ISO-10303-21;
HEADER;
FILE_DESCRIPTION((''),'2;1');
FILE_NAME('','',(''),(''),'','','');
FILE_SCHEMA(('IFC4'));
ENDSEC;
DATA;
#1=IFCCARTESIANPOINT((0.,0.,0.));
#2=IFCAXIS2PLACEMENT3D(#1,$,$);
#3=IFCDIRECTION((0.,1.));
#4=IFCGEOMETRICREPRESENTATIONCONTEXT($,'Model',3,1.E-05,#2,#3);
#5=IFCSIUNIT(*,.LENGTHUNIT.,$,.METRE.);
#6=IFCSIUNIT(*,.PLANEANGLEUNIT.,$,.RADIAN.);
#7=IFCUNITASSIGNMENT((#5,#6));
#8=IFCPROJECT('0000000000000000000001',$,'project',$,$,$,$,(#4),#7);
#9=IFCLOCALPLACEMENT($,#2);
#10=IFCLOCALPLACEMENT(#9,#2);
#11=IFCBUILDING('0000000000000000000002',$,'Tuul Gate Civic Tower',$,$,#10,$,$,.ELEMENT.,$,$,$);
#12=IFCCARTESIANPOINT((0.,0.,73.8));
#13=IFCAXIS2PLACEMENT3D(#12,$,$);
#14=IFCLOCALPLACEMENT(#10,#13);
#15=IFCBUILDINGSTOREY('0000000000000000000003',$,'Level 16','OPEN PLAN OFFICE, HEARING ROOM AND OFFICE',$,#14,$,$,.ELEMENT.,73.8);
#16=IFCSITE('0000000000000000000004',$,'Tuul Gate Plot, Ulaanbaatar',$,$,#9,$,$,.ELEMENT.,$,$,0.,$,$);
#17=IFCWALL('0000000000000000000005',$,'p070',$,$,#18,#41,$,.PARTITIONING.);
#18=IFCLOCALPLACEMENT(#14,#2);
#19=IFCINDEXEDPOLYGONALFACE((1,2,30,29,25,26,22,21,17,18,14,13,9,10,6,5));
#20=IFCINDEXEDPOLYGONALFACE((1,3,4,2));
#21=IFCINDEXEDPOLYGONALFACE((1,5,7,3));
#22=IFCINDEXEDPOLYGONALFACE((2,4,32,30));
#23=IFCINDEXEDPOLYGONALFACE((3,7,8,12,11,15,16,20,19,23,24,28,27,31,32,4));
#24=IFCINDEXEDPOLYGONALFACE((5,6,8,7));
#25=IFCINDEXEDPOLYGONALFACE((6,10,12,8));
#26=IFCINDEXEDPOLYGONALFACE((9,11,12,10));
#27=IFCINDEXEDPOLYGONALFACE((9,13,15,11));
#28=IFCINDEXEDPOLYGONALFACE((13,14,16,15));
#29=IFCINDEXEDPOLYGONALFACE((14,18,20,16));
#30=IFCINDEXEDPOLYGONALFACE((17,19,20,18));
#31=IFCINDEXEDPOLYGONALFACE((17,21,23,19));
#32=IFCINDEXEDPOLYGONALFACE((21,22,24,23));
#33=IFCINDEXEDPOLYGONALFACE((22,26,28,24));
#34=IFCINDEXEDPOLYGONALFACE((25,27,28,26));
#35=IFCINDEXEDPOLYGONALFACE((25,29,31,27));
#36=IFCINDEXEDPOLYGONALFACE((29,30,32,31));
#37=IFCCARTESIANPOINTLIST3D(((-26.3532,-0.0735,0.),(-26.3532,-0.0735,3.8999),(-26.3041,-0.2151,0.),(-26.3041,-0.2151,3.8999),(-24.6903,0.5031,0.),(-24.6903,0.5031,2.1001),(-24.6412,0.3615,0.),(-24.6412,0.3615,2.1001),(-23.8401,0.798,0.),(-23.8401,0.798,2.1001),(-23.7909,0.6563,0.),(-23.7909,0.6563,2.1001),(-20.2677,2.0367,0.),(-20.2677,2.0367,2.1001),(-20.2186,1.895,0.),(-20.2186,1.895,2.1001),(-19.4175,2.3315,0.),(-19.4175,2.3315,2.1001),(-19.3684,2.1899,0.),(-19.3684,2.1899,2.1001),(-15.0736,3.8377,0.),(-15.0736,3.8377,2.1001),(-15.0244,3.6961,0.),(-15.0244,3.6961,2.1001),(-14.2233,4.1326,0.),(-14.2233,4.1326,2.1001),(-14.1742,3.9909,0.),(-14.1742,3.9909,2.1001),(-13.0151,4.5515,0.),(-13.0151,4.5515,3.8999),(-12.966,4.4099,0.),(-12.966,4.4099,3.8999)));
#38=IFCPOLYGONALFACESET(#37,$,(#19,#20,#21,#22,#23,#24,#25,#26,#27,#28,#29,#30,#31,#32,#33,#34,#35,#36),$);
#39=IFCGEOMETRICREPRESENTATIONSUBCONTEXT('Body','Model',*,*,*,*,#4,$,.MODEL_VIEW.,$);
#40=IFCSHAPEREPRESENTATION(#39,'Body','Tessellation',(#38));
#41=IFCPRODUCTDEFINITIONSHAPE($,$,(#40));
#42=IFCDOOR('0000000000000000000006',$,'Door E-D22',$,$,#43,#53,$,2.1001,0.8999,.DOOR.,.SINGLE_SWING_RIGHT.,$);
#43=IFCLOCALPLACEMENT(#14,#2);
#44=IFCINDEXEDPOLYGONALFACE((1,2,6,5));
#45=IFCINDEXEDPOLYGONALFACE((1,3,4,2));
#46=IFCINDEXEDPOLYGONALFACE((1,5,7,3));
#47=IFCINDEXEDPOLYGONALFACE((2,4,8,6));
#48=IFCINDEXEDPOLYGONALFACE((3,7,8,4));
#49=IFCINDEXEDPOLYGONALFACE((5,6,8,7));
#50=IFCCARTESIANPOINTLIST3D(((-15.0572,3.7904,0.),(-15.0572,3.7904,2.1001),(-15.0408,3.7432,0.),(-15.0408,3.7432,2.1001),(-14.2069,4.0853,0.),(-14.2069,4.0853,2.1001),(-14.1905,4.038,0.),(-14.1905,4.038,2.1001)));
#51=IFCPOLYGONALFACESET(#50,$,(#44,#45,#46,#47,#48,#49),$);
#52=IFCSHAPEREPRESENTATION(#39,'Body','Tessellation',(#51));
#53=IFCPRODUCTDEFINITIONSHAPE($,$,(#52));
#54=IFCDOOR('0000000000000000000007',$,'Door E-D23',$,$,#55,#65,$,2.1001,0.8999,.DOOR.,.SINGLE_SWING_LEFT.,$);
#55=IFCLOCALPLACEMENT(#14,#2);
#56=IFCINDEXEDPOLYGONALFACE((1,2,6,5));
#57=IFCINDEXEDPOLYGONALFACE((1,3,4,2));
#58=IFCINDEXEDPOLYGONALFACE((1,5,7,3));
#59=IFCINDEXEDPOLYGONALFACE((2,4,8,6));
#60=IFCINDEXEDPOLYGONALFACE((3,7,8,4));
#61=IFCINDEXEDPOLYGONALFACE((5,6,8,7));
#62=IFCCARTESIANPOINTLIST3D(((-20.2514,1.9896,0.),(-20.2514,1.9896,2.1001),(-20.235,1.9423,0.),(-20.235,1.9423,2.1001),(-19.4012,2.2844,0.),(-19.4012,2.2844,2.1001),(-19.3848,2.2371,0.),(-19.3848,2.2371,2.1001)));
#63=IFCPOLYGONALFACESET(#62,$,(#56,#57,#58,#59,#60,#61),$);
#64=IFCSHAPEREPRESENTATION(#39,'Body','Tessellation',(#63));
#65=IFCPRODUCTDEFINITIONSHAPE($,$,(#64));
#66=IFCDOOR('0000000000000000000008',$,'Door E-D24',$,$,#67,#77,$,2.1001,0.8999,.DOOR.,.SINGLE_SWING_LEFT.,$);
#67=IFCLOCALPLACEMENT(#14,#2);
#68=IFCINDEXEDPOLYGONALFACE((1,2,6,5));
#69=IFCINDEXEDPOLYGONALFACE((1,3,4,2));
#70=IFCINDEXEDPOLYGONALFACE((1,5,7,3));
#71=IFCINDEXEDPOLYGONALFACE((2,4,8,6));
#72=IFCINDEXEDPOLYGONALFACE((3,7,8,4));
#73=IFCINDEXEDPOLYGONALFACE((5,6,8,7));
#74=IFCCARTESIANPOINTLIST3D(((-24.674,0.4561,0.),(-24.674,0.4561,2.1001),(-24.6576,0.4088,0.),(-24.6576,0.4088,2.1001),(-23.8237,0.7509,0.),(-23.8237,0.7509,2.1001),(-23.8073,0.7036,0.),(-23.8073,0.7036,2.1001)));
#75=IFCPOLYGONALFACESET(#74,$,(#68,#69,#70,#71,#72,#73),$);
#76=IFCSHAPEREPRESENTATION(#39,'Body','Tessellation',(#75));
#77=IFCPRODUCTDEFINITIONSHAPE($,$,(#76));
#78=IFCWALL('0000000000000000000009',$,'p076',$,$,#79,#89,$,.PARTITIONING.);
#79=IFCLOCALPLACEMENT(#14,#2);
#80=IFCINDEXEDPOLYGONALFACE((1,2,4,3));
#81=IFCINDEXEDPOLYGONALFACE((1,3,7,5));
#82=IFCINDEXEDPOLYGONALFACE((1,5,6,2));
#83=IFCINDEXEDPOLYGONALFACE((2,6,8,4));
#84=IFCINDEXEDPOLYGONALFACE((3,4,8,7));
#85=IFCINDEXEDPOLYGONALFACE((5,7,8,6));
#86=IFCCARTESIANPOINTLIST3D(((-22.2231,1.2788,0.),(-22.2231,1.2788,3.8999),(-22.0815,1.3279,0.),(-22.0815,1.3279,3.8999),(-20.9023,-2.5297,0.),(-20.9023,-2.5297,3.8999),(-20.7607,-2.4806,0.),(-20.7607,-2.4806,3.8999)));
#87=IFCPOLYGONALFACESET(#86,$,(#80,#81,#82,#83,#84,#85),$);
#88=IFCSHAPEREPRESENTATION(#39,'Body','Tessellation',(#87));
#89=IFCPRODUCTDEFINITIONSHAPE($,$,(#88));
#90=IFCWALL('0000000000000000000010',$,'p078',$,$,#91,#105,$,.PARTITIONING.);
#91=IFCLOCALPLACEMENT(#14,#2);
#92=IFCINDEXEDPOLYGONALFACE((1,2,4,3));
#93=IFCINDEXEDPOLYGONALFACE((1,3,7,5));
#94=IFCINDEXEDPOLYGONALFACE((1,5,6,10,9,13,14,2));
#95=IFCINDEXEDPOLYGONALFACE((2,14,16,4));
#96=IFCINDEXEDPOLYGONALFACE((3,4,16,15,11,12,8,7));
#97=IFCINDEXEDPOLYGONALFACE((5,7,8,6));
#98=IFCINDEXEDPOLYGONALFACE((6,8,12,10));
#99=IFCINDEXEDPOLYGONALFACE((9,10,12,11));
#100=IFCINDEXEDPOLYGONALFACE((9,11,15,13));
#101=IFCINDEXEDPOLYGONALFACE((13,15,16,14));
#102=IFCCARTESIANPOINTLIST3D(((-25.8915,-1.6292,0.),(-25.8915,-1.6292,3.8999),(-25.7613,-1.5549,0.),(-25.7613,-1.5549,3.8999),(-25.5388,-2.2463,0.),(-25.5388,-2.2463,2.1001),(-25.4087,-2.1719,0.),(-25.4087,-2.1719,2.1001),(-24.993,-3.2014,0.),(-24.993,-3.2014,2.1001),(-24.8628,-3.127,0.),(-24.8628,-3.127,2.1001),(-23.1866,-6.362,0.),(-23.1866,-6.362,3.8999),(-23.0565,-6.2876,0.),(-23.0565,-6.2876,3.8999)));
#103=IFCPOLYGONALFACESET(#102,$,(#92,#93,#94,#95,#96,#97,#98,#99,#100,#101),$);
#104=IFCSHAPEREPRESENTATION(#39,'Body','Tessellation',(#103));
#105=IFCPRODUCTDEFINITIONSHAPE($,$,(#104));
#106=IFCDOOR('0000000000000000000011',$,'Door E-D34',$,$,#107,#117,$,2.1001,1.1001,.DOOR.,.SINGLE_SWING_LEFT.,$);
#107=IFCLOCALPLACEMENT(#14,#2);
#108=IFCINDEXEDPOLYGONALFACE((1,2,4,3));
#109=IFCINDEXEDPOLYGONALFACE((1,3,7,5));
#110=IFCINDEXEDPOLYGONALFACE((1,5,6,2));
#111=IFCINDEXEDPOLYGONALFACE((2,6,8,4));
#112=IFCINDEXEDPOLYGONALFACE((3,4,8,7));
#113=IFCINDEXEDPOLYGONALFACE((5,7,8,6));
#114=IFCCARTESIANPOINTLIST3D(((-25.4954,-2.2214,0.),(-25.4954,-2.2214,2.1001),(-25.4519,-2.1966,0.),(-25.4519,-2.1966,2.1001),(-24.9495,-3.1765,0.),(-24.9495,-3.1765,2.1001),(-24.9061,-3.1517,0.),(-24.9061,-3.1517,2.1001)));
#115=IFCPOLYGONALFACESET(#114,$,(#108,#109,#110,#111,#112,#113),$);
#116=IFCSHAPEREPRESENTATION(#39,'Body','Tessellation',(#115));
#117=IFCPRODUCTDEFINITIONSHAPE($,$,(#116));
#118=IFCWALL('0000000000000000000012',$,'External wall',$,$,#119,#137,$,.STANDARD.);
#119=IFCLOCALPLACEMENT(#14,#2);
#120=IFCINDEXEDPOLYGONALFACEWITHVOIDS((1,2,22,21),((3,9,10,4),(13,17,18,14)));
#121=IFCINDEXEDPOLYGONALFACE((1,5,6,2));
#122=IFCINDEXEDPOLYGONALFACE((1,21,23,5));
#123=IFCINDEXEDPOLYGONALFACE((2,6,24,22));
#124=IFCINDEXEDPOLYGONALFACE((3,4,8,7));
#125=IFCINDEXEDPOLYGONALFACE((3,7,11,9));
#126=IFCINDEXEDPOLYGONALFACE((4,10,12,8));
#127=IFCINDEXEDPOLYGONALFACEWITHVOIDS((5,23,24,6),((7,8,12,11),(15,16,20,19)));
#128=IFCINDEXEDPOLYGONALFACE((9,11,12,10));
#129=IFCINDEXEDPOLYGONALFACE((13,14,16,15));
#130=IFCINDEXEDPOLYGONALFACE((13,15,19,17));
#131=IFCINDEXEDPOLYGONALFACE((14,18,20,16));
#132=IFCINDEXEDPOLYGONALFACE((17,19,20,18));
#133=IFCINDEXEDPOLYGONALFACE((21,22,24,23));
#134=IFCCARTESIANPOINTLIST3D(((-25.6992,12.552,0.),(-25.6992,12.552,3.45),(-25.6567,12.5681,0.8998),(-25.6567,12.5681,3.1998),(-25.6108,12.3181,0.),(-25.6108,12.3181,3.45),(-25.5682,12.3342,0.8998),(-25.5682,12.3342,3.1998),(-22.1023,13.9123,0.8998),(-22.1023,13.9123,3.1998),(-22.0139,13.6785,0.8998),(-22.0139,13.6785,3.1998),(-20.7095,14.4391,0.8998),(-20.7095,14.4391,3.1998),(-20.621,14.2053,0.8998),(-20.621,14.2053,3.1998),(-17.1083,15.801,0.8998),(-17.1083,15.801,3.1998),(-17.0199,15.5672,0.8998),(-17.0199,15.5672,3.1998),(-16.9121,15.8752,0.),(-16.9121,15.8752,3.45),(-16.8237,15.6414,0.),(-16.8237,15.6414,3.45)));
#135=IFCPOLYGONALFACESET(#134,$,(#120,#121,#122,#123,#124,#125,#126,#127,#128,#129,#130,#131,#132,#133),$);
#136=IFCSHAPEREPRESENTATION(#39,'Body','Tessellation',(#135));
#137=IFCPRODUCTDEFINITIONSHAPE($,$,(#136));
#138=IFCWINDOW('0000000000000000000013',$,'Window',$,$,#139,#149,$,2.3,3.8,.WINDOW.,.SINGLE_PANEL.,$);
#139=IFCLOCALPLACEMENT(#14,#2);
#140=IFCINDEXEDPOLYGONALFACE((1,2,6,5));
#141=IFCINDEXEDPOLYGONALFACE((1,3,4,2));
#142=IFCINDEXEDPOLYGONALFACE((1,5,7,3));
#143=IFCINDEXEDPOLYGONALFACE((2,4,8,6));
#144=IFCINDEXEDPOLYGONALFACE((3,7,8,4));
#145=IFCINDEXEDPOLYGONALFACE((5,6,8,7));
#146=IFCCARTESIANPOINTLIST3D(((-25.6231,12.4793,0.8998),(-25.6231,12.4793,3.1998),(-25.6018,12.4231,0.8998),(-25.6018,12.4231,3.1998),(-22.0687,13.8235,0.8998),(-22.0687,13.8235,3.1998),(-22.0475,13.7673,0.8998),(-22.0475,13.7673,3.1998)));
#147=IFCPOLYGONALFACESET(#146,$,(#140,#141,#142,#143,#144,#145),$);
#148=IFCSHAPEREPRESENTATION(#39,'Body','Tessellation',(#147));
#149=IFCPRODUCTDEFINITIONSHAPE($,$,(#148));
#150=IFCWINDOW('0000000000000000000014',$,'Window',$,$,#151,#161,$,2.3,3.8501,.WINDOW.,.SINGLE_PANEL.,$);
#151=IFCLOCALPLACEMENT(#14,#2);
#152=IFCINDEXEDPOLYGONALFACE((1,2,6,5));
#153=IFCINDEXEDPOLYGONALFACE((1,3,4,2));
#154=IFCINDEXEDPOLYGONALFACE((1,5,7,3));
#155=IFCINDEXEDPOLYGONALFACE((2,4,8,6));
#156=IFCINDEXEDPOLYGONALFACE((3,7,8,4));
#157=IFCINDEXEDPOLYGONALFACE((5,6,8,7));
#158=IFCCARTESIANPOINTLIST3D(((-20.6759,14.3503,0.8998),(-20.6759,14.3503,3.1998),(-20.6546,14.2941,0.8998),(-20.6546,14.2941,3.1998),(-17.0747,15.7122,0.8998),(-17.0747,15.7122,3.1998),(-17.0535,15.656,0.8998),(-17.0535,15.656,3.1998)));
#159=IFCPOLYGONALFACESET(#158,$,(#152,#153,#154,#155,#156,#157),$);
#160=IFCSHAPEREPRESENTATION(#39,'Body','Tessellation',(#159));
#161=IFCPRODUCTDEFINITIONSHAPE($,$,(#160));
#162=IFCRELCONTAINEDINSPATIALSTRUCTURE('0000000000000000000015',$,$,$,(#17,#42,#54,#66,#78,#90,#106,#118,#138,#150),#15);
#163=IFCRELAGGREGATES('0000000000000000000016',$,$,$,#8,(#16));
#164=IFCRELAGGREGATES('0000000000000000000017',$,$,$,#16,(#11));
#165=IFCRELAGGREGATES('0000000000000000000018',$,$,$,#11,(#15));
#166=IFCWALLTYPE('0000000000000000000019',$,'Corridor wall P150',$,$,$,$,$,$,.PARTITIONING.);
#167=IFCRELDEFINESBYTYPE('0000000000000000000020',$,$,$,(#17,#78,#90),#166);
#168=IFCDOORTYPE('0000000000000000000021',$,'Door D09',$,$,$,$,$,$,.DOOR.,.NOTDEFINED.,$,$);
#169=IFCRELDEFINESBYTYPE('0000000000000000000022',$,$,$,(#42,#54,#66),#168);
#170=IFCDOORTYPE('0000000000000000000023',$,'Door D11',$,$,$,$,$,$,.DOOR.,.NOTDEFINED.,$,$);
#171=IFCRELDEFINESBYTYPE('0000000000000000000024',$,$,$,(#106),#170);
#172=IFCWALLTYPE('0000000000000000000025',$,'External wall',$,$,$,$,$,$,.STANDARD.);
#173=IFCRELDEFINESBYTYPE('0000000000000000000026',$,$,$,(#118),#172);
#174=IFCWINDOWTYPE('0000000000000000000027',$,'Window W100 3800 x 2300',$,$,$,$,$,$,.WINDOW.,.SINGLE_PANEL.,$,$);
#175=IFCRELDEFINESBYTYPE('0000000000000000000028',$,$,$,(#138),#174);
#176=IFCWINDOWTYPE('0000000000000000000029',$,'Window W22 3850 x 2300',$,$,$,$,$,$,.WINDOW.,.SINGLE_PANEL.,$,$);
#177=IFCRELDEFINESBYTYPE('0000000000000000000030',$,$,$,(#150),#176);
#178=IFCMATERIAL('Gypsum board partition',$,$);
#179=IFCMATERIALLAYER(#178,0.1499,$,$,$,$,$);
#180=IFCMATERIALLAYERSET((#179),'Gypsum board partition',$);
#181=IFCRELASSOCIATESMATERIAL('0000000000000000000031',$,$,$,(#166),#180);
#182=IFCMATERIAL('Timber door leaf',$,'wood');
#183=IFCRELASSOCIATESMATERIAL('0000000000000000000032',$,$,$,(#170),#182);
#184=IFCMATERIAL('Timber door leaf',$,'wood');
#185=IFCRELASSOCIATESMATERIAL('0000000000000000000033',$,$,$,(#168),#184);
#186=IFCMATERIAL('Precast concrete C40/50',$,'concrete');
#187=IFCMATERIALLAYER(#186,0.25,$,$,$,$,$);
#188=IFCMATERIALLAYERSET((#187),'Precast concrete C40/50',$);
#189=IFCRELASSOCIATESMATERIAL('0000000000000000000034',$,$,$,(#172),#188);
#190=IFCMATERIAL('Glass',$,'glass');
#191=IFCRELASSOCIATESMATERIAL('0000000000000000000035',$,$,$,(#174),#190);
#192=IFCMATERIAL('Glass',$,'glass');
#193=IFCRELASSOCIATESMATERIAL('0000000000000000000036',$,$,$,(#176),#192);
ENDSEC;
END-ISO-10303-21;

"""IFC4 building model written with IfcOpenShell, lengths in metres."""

from ifc_helpers import new_model, si_unit, direction, frame, frame_2d, origin, place, context, subcontext, project, spatial, rectangle, extrude, material, layer, layer_set, type_object, element, fill, save


model = new_model("IFC4")

# Units and contexts
model_context = context("Model", 3, precision=1e-05, world=origin(), true_north=direction((0.0, 1.0)))
body_context = subcontext(model_context, "Body", "Model", "MODEL_VIEW")
ifc_project = project(units=[si_unit("LENGTHUNIT", "METRE"), si_unit("PLANEANGLEUNIT", "RADIAN")], contexts=[model_context])

# Site, building, storey
site_placement = place(None, origin())
site = spatial("IfcSite", under=ifc_project, at=site_placement, Name="Tuul Gate Plot, Ulaanbaatar", CompositionType="ELEMENT", RefElevation=0.0)
building_placement = place(site_placement, origin())
building = spatial("IfcBuilding", under=site, at=building_placement, Name="Tuul Gate Civic Tower", CompositionType="ELEMENT")
storey_placement = place(building_placement, frame((0.0, 0.0, 73.8)))
storey = spatial("IfcBuildingStorey", under=building, at=storey_placement, Name="Level 16", Description="OPEN PLAN OFFICE, HEARING ROOM AND OFFICE", CompositionType="ELEMENT", Elevation=73.8)

# Shared definitions
ifc_material_1 = material(Name="Gypsum board partition")
ifc_layer_1 = layer(ifc_material_1, 0.1499)
ifc_layer_set_1 = layer_set([ifc_layer_1], Name="Gypsum board partition")
wall_type_1 = type_object("IfcWallType", Name="Corridor wall P150", PredefinedType="PARTITIONING", material=ifc_layer_set_1)
ifc_material_2 = material(Name="Timber door leaf", Category="wood")
door_type_1 = type_object("IfcDoorType", Name="Door D11", OperationType="NOTDEFINED", PredefinedType="DOOR", material=ifc_material_2)

# Wall, openings, doors
wall_1_placement = place(storey_placement, frame((-26.3286, -0.1443, 0.0), z_axis=(0.0, 0.0, 1.0), x_axis=(0.944812, 0.327614, 0.0)))
wall_1 = element("IfcWall", 1, at=wall_1_placement, inside=storey, type_object=wall_type_1, Name="p070", PredefinedType="PARTITIONING", context=body_context, shape_type="SweptSolid", body=[
    extrude(rectangle(XDim=14.1172, YDim=0.1499, at=frame_2d((7.0586, 0.0))), origin(), (0.0, 0.0, 1.0), 3.8999),
])
opening_1_placement = place(wall_1_placement, frame((11.9385, 0.0, 0.0)))
opening_1 = element("IfcOpeningElement", 2, at=opening_1_placement, cuts=wall_1, PredefinedType="OPENING", context=body_context, shape_type="SweptSolid", body=[
    extrude(rectangle(XDim=0.8999, YDim=2.1001, at=frame_2d((0.45, 1.05))), frame((0.0, 0.085, 0.0), z_axis=(0.0, -1.0, 0.0), x_axis=(1.0, 0.0, 0.0)), (0.0, 0.0, 1.0), 0.1699),
])
opening_2_placement = place(wall_1_placement, frame((6.4409, 0.0, 0.0)))
opening_2 = element("IfcOpeningElement", 3, at=opening_2_placement, cuts=wall_1, PredefinedType="OPENING", context=body_context, shape_type="SweptSolid", body=[
    extrude(rectangle(XDim=0.8999, YDim=2.1001, at=frame_2d((0.45, 1.05))), frame((0.0, 0.085, 0.0), z_axis=(0.0, -1.0, 0.0), x_axis=(1.0, 0.0, 0.0)), (0.0, 0.0, 1.0), 0.1699),
])
opening_3_placement = place(wall_1_placement, frame((1.76, 0.0, 0.0)))
opening_3 = element("IfcOpeningElement", 4, at=opening_3_placement, cuts=wall_1, PredefinedType="OPENING", context=body_context, shape_type="SweptSolid", body=[
    extrude(rectangle(XDim=0.8999, YDim=2.1001, at=frame_2d((0.45, 1.05))), frame((0.0, 0.085, 0.0), z_axis=(0.0, -1.0, 0.0), x_axis=(1.0, 0.0, 0.0)), (0.0, 0.0, 1.0), 0.1699),
])
ifc_material_3 = material(Name="Timber door leaf", Category="wood")
door_type_2 = type_object("IfcDoorType", Name="Door D09", OperationType="NOTDEFINED", PredefinedType="DOOR", material=ifc_material_3)
door_1_placement = place(opening_1_placement, origin())
door_1 = element("IfcDoor", 5, at=door_1_placement, inside=storey, type_object=door_type_2, Name="Door E-D22", OperationType="SINGLE_SWING_RIGHT", OverallHeight=2.1001, OverallWidth=0.8999, PredefinedType="DOOR", context=body_context, shape_type="SweptSolid", body=[
    extrude(rectangle(XDim=0.8999, YDim=2.1001, at=frame_2d((0.45, 1.05))), frame((0.0, 0.0249, 0.0), z_axis=(0.0, -1.0, 0.0), x_axis=(1.0, 0.0, 0.0)), (0.0, 0.0, 1.0), 0.05),
])
fill(opening_1, door_1)
door_2_placement = place(opening_2_placement, frame((0.8999, 0.0, 0.0), z_axis=(0.0, 0.0, 1.0), x_axis=(-1.0, 0.0, 0.0)))
door_2 = element("IfcDoor", 6, at=door_2_placement, inside=storey, type_object=door_type_2, Name="Door E-D23", OperationType="SINGLE_SWING_LEFT", OverallHeight=2.1001, OverallWidth=0.8999, PredefinedType="DOOR", context=body_context, shape_type="SweptSolid", body=[
    extrude(rectangle(XDim=0.8999, YDim=2.1001, at=frame_2d((0.45, 1.05))), frame((0.0, 0.0249, 0.0), z_axis=(0.0, -1.0, 0.0), x_axis=(1.0, 0.0, 0.0)), (0.0, 0.0, 1.0), 0.05),
])
fill(opening_2, door_2)
door_3_placement = place(opening_3_placement, frame((0.8999, 0.0, 0.0), z_axis=(0.0, 0.0, 1.0), x_axis=(-1.0, 0.0, 0.0)))
door_3 = element("IfcDoor", 7, at=door_3_placement, inside=storey, type_object=door_type_2, Name="Door E-D24", OperationType="SINGLE_SWING_LEFT", OverallHeight=2.1001, OverallWidth=0.8999, PredefinedType="DOOR", context=body_context, shape_type="SweptSolid", body=[
    extrude(rectangle(XDim=0.8999, YDim=2.1001, at=frame_2d((0.45, 1.05))), frame((0.0, 0.0249, 0.0), z_axis=(0.0, -1.0, 0.0), x_axis=(1.0, 0.0, 0.0)), (0.0, 0.0, 1.0), 0.05),
])
fill(opening_3, door_3)

# Wall
wall_2_placement = place(storey_placement, frame((-22.1523, 1.3035, 0.0), z_axis=(0.0, 0.0, 1.0), x_axis=(0.32767, -0.944792, 0.0)))
element("IfcWall", 8, at=wall_2_placement, inside=storey, type_object=wall_type_1, Name="p076", PredefinedType="PARTITIONING", context=body_context, shape_type="SweptSolid", body=[
    extrude(rectangle(XDim=4.031, YDim=0.1499, at=frame_2d((2.0156, 0.0))), origin(), (0.0, 0.0, 1.0), 3.8999),
])

# Wall, opening, door
wall_3_placement = place(storey_placement, frame((-25.8264, -1.592, 0.0), z_axis=(0.0, 0.0, 1.0), x_axis=(0.496202, -0.868207, 0.0)))
wall_3 = element("IfcWall", 9, at=wall_3_placement, inside=storey, type_object=wall_type_1, Name="p078", PredefinedType="PARTITIONING", context=body_context, shape_type="SweptSolid", body=[
    extrude(rectangle(XDim=5.4512, YDim=0.1499, at=frame_2d((2.7256, 0.0))), origin(), (0.0, 0.0, 1.0), 3.8999),
])
opening_4_placement = place(wall_3_placement, frame((0.7107, 0.0, 0.0)))
opening_4 = element("IfcOpeningElement", 10, at=opening_4_placement, cuts=wall_3, PredefinedType="OPENING", context=body_context, shape_type="SweptSolid", body=[
    extrude(rectangle(XDim=1.1001, YDim=2.1001, at=frame_2d((0.55, 1.05))), frame((0.0, 0.085, 0.0), z_axis=(0.0, -1.0, 0.0), x_axis=(1.0, 0.0, 0.0)), (0.0, 0.0, 1.0), 0.1699),
])
door_4_placement = place(opening_4_placement, frame((1.1001, 0.0, 0.0), z_axis=(0.0, 0.0, 1.0), x_axis=(-1.0, 0.0, 0.0)))
door_4 = element("IfcDoor", 11, at=door_4_placement, inside=storey, type_object=door_type_1, Name="Door E-D34", OperationType="SINGLE_SWING_LEFT", OverallHeight=2.1001, OverallWidth=1.1001, PredefinedType="DOOR", context=body_context, shape_type="SweptSolid", body=[
    extrude(rectangle(XDim=1.1001, YDim=2.1001, at=frame_2d((0.55, 1.05))), frame((0.0, 0.0249, 0.0), z_axis=(0.0, -1.0, 0.0), x_axis=(1.0, 0.0, 0.0)), (0.0, 0.0, 1.0), 0.05),
])
fill(opening_4, door_4)

# Wall, openings, windows
ifc_material_4 = material(Name="Precast concrete C40/50", Category="concrete")
ifc_layer_2 = layer(ifc_material_4, 0.25)
ifc_layer_set_2 = layer_set([ifc_layer_2], Name="Precast concrete C40/50")
wall_type_2 = type_object("IfcWallType", Name="External wall", PredefinedType="STANDARD", material=ifc_layer_set_2)
wall_4_placement = place(storey_placement, frame((-16.8679, 15.7583, 0.0), z_axis=(0.0, 0.0, 1.0), x_axis=(-0.935343, -0.353742, 0.0)))
wall_4 = element("IfcWall", 12, at=wall_4_placement, inside=storey, type_object=wall_type_2, Name="External wall", PredefinedType="STANDARD", context=body_context, shape_type="SweptSolid", body=[
    extrude(rectangle(XDim=9.3945, YDim=0.25, at=frame_2d((4.6973, 0.0))), origin(), (0.0, 0.0, 1.0), 3.45),
])
opening_5_placement = place(wall_4_placement, frame((0.2097, 0.0, 0.8999)))
opening_5 = element("IfcOpeningElement", 13, at=opening_5_placement, cuts=wall_4, PredefinedType="OPENING", context=body_context, shape_type="SweptSolid", body=[
    extrude(rectangle(XDim=3.8501, YDim=2.3, at=frame_2d((1.925, 1.1499))), frame((0.0, 0.135, 0.0), z_axis=(0.0, -1.0, 0.0), x_axis=(1.0, 0.0, 0.0)), (0.0, 0.0, 1.0), 0.27),
])
opening_6_placement = place(wall_4_placement, frame((5.5491, 0.0, 0.8999)))
opening_6 = element("IfcOpeningElement", 14, at=opening_6_placement, cuts=wall_4, PredefinedType="OPENING", context=body_context, shape_type="SweptSolid", body=[
    extrude(rectangle(XDim=3.8, YDim=2.3, at=frame_2d((1.8999, 1.1499))), frame((0.0, 0.135, 0.0), z_axis=(0.0, -1.0, 0.0), x_axis=(1.0, 0.0, 0.0)), (0.0, 0.0, 1.0), 0.27),
])
ifc_material_5 = material(Name="Glass", Category="glass")
window_type_1 = type_object("IfcWindowType", Name="Window W100 3800 x 2300", PartitioningType="SINGLE_PANEL", PredefinedType="WINDOW", material=ifc_material_5)
window_1_placement = place(opening_6_placement, origin())
window_1 = element("IfcWindow", 15, at=window_1_placement, inside=storey, type_object=window_type_1, Name="Window", OverallHeight=2.3, OverallWidth=3.8, PartitioningType="SINGLE_PANEL", PredefinedType="WINDOW", context=body_context, shape_type="SweptSolid", body=[
    extrude(rectangle(XDim=3.8, YDim=2.3, at=frame_2d((1.8999, 1.1499))), frame((0.0, 0.03, 0.0), z_axis=(0.0, -1.0, 0.0), x_axis=(1.0, 0.0, 0.0)), (0.0, 0.0, 1.0), 0.0601),
])
fill(opening_6, window_1)
ifc_material_6 = material(Name="Glass", Category="glass")
window_type_2 = type_object("IfcWindowType", Name="Window W22 3850 x 2300", PartitioningType="SINGLE_PANEL", PredefinedType="WINDOW", material=ifc_material_6)
window_2_placement = place(opening_5_placement, origin())
window_2 = element("IfcWindow", 16, at=window_2_placement, inside=storey, type_object=window_type_2, Name="Window", OverallHeight=2.3, OverallWidth=3.8501, PartitioningType="SINGLE_PANEL", PredefinedType="WINDOW", context=body_context, shape_type="SweptSolid", body=[
    extrude(rectangle(XDim=3.8501, YDim=2.3, at=frame_2d((1.925, 1.1499))), frame((0.0, 0.03, 0.0), z_axis=(0.0, -1.0, 0.0), x_axis=(1.0, 0.0, 0.0)), (0.0, 0.0, 1.0), 0.0601),
])
fill(opening_5, window_2)

save(model, "model.ifc")
